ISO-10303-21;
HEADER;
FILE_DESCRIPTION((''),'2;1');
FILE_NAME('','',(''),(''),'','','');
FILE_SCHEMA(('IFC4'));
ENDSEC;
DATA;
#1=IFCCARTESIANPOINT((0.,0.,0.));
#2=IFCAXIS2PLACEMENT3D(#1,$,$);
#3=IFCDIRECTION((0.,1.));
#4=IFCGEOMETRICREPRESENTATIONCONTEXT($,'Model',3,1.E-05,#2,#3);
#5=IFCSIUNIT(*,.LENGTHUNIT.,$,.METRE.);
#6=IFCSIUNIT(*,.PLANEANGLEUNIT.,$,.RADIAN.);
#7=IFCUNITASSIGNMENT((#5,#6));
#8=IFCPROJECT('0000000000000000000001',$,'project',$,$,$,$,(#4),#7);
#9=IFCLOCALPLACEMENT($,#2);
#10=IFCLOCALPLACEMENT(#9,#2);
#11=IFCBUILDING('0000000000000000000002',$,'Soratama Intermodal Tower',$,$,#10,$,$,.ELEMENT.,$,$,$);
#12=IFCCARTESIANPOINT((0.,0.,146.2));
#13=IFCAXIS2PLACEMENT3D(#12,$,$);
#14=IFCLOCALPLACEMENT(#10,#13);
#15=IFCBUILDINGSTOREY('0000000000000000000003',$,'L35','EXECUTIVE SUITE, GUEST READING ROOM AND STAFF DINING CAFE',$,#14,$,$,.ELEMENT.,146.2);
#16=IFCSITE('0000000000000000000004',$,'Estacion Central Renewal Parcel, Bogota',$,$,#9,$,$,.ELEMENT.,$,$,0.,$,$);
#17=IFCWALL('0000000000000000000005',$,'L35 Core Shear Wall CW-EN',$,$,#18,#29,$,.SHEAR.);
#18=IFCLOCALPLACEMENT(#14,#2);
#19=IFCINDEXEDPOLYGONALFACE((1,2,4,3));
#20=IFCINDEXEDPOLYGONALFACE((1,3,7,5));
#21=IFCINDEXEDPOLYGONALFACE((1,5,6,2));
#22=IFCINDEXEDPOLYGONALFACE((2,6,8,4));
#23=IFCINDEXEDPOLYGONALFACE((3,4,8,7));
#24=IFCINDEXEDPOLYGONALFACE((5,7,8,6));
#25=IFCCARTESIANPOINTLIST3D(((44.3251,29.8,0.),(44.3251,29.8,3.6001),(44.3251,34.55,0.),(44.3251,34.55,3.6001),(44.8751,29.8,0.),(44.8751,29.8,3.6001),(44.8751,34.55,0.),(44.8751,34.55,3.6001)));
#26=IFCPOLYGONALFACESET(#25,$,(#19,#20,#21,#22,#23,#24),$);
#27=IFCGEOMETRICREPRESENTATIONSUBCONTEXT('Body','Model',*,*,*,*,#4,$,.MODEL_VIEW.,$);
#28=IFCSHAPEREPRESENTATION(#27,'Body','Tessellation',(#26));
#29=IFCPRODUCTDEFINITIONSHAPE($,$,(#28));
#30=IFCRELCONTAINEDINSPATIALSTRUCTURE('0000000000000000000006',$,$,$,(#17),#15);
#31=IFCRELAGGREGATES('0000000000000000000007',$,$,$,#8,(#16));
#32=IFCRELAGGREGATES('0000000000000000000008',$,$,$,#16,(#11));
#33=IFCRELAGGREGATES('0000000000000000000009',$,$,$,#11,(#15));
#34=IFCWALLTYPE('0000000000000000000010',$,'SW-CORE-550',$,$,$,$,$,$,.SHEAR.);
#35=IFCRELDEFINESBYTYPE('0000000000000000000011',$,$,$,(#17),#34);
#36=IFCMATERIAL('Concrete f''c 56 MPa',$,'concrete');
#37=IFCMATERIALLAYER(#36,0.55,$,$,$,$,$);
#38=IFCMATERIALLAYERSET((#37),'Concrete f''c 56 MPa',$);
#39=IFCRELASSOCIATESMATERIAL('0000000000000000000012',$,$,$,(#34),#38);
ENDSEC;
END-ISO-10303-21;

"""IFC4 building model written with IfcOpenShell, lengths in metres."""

from ifc_helpers import new_model, si_unit, direction, frame, frame_2d, origin, place, context, subcontext, project, spatial, rectangle, extrude, material, layer, layer_set, type_object, element, save


model = new_model("IFC4")

# Units and contexts
model_context = context("Model", 3, precision=1e-05, world=origin(), true_north=direction((0.0, 1.0)))
body_context = subcontext(model_context, "Body", "Model", "MODEL_VIEW")
ifc_project = project(units=[si_unit("LENGTHUNIT", "METRE"), si_unit("PLANEANGLEUNIT", "RADIAN")], contexts=[model_context])

# Site, building, storey
site_placement = place(None, origin())
site = spatial("IfcSite", under=ifc_project, at=site_placement, Name="Estacion Central Renewal Parcel, Bogota", CompositionType="ELEMENT", RefElevation=0.0)
building_placement = place(site_placement, origin())
building = spatial("IfcBuilding", under=site, at=building_placement, Name="Soratama Intermodal Tower", CompositionType="ELEMENT")
storey_placement = place(building_placement, frame((0.0, 0.0, 146.2)))
storey = spatial("IfcBuildingStorey", under=building, at=storey_placement, Name="L35", Description="EXECUTIVE SUITE, GUEST READING ROOM AND STAFF DINING CAFE", CompositionType="ELEMENT", Elevation=146.2)

# Wall
ifc_material_1 = material(Name="Concrete f'c 56 MPa", Category="concrete")
ifc_layer_1 = layer(ifc_material_1, 0.55)
ifc_layer_set_1 = layer_set([ifc_layer_1], Name="Concrete f'c 56 MPa")
wall_type_1 = type_object("IfcWallType", Name="SW-CORE-550", PredefinedType="SHEAR", material=ifc_layer_set_1)
wall_1_placement = place(storey_placement, frame((44.6001, 29.8, 0.0), z_axis=(0.0, 0.0, 1.0), x_axis=(0.0, 1.0, 0.0)))
element("IfcWall", 1, at=wall_1_placement, inside=storey, type_object=wall_type_1, Name="L35 Core Shear Wall CW-EN", PredefinedType="SHEAR", context=body_context, shape_type="SweptSolid", body=[
    extrude(rectangle(XDim=4.75, YDim=0.55, at=frame_2d((2.375, 0.0))), origin(), (0.0, 0.0, 1.0), 3.6001),
])

save(model, "model.ifc")
